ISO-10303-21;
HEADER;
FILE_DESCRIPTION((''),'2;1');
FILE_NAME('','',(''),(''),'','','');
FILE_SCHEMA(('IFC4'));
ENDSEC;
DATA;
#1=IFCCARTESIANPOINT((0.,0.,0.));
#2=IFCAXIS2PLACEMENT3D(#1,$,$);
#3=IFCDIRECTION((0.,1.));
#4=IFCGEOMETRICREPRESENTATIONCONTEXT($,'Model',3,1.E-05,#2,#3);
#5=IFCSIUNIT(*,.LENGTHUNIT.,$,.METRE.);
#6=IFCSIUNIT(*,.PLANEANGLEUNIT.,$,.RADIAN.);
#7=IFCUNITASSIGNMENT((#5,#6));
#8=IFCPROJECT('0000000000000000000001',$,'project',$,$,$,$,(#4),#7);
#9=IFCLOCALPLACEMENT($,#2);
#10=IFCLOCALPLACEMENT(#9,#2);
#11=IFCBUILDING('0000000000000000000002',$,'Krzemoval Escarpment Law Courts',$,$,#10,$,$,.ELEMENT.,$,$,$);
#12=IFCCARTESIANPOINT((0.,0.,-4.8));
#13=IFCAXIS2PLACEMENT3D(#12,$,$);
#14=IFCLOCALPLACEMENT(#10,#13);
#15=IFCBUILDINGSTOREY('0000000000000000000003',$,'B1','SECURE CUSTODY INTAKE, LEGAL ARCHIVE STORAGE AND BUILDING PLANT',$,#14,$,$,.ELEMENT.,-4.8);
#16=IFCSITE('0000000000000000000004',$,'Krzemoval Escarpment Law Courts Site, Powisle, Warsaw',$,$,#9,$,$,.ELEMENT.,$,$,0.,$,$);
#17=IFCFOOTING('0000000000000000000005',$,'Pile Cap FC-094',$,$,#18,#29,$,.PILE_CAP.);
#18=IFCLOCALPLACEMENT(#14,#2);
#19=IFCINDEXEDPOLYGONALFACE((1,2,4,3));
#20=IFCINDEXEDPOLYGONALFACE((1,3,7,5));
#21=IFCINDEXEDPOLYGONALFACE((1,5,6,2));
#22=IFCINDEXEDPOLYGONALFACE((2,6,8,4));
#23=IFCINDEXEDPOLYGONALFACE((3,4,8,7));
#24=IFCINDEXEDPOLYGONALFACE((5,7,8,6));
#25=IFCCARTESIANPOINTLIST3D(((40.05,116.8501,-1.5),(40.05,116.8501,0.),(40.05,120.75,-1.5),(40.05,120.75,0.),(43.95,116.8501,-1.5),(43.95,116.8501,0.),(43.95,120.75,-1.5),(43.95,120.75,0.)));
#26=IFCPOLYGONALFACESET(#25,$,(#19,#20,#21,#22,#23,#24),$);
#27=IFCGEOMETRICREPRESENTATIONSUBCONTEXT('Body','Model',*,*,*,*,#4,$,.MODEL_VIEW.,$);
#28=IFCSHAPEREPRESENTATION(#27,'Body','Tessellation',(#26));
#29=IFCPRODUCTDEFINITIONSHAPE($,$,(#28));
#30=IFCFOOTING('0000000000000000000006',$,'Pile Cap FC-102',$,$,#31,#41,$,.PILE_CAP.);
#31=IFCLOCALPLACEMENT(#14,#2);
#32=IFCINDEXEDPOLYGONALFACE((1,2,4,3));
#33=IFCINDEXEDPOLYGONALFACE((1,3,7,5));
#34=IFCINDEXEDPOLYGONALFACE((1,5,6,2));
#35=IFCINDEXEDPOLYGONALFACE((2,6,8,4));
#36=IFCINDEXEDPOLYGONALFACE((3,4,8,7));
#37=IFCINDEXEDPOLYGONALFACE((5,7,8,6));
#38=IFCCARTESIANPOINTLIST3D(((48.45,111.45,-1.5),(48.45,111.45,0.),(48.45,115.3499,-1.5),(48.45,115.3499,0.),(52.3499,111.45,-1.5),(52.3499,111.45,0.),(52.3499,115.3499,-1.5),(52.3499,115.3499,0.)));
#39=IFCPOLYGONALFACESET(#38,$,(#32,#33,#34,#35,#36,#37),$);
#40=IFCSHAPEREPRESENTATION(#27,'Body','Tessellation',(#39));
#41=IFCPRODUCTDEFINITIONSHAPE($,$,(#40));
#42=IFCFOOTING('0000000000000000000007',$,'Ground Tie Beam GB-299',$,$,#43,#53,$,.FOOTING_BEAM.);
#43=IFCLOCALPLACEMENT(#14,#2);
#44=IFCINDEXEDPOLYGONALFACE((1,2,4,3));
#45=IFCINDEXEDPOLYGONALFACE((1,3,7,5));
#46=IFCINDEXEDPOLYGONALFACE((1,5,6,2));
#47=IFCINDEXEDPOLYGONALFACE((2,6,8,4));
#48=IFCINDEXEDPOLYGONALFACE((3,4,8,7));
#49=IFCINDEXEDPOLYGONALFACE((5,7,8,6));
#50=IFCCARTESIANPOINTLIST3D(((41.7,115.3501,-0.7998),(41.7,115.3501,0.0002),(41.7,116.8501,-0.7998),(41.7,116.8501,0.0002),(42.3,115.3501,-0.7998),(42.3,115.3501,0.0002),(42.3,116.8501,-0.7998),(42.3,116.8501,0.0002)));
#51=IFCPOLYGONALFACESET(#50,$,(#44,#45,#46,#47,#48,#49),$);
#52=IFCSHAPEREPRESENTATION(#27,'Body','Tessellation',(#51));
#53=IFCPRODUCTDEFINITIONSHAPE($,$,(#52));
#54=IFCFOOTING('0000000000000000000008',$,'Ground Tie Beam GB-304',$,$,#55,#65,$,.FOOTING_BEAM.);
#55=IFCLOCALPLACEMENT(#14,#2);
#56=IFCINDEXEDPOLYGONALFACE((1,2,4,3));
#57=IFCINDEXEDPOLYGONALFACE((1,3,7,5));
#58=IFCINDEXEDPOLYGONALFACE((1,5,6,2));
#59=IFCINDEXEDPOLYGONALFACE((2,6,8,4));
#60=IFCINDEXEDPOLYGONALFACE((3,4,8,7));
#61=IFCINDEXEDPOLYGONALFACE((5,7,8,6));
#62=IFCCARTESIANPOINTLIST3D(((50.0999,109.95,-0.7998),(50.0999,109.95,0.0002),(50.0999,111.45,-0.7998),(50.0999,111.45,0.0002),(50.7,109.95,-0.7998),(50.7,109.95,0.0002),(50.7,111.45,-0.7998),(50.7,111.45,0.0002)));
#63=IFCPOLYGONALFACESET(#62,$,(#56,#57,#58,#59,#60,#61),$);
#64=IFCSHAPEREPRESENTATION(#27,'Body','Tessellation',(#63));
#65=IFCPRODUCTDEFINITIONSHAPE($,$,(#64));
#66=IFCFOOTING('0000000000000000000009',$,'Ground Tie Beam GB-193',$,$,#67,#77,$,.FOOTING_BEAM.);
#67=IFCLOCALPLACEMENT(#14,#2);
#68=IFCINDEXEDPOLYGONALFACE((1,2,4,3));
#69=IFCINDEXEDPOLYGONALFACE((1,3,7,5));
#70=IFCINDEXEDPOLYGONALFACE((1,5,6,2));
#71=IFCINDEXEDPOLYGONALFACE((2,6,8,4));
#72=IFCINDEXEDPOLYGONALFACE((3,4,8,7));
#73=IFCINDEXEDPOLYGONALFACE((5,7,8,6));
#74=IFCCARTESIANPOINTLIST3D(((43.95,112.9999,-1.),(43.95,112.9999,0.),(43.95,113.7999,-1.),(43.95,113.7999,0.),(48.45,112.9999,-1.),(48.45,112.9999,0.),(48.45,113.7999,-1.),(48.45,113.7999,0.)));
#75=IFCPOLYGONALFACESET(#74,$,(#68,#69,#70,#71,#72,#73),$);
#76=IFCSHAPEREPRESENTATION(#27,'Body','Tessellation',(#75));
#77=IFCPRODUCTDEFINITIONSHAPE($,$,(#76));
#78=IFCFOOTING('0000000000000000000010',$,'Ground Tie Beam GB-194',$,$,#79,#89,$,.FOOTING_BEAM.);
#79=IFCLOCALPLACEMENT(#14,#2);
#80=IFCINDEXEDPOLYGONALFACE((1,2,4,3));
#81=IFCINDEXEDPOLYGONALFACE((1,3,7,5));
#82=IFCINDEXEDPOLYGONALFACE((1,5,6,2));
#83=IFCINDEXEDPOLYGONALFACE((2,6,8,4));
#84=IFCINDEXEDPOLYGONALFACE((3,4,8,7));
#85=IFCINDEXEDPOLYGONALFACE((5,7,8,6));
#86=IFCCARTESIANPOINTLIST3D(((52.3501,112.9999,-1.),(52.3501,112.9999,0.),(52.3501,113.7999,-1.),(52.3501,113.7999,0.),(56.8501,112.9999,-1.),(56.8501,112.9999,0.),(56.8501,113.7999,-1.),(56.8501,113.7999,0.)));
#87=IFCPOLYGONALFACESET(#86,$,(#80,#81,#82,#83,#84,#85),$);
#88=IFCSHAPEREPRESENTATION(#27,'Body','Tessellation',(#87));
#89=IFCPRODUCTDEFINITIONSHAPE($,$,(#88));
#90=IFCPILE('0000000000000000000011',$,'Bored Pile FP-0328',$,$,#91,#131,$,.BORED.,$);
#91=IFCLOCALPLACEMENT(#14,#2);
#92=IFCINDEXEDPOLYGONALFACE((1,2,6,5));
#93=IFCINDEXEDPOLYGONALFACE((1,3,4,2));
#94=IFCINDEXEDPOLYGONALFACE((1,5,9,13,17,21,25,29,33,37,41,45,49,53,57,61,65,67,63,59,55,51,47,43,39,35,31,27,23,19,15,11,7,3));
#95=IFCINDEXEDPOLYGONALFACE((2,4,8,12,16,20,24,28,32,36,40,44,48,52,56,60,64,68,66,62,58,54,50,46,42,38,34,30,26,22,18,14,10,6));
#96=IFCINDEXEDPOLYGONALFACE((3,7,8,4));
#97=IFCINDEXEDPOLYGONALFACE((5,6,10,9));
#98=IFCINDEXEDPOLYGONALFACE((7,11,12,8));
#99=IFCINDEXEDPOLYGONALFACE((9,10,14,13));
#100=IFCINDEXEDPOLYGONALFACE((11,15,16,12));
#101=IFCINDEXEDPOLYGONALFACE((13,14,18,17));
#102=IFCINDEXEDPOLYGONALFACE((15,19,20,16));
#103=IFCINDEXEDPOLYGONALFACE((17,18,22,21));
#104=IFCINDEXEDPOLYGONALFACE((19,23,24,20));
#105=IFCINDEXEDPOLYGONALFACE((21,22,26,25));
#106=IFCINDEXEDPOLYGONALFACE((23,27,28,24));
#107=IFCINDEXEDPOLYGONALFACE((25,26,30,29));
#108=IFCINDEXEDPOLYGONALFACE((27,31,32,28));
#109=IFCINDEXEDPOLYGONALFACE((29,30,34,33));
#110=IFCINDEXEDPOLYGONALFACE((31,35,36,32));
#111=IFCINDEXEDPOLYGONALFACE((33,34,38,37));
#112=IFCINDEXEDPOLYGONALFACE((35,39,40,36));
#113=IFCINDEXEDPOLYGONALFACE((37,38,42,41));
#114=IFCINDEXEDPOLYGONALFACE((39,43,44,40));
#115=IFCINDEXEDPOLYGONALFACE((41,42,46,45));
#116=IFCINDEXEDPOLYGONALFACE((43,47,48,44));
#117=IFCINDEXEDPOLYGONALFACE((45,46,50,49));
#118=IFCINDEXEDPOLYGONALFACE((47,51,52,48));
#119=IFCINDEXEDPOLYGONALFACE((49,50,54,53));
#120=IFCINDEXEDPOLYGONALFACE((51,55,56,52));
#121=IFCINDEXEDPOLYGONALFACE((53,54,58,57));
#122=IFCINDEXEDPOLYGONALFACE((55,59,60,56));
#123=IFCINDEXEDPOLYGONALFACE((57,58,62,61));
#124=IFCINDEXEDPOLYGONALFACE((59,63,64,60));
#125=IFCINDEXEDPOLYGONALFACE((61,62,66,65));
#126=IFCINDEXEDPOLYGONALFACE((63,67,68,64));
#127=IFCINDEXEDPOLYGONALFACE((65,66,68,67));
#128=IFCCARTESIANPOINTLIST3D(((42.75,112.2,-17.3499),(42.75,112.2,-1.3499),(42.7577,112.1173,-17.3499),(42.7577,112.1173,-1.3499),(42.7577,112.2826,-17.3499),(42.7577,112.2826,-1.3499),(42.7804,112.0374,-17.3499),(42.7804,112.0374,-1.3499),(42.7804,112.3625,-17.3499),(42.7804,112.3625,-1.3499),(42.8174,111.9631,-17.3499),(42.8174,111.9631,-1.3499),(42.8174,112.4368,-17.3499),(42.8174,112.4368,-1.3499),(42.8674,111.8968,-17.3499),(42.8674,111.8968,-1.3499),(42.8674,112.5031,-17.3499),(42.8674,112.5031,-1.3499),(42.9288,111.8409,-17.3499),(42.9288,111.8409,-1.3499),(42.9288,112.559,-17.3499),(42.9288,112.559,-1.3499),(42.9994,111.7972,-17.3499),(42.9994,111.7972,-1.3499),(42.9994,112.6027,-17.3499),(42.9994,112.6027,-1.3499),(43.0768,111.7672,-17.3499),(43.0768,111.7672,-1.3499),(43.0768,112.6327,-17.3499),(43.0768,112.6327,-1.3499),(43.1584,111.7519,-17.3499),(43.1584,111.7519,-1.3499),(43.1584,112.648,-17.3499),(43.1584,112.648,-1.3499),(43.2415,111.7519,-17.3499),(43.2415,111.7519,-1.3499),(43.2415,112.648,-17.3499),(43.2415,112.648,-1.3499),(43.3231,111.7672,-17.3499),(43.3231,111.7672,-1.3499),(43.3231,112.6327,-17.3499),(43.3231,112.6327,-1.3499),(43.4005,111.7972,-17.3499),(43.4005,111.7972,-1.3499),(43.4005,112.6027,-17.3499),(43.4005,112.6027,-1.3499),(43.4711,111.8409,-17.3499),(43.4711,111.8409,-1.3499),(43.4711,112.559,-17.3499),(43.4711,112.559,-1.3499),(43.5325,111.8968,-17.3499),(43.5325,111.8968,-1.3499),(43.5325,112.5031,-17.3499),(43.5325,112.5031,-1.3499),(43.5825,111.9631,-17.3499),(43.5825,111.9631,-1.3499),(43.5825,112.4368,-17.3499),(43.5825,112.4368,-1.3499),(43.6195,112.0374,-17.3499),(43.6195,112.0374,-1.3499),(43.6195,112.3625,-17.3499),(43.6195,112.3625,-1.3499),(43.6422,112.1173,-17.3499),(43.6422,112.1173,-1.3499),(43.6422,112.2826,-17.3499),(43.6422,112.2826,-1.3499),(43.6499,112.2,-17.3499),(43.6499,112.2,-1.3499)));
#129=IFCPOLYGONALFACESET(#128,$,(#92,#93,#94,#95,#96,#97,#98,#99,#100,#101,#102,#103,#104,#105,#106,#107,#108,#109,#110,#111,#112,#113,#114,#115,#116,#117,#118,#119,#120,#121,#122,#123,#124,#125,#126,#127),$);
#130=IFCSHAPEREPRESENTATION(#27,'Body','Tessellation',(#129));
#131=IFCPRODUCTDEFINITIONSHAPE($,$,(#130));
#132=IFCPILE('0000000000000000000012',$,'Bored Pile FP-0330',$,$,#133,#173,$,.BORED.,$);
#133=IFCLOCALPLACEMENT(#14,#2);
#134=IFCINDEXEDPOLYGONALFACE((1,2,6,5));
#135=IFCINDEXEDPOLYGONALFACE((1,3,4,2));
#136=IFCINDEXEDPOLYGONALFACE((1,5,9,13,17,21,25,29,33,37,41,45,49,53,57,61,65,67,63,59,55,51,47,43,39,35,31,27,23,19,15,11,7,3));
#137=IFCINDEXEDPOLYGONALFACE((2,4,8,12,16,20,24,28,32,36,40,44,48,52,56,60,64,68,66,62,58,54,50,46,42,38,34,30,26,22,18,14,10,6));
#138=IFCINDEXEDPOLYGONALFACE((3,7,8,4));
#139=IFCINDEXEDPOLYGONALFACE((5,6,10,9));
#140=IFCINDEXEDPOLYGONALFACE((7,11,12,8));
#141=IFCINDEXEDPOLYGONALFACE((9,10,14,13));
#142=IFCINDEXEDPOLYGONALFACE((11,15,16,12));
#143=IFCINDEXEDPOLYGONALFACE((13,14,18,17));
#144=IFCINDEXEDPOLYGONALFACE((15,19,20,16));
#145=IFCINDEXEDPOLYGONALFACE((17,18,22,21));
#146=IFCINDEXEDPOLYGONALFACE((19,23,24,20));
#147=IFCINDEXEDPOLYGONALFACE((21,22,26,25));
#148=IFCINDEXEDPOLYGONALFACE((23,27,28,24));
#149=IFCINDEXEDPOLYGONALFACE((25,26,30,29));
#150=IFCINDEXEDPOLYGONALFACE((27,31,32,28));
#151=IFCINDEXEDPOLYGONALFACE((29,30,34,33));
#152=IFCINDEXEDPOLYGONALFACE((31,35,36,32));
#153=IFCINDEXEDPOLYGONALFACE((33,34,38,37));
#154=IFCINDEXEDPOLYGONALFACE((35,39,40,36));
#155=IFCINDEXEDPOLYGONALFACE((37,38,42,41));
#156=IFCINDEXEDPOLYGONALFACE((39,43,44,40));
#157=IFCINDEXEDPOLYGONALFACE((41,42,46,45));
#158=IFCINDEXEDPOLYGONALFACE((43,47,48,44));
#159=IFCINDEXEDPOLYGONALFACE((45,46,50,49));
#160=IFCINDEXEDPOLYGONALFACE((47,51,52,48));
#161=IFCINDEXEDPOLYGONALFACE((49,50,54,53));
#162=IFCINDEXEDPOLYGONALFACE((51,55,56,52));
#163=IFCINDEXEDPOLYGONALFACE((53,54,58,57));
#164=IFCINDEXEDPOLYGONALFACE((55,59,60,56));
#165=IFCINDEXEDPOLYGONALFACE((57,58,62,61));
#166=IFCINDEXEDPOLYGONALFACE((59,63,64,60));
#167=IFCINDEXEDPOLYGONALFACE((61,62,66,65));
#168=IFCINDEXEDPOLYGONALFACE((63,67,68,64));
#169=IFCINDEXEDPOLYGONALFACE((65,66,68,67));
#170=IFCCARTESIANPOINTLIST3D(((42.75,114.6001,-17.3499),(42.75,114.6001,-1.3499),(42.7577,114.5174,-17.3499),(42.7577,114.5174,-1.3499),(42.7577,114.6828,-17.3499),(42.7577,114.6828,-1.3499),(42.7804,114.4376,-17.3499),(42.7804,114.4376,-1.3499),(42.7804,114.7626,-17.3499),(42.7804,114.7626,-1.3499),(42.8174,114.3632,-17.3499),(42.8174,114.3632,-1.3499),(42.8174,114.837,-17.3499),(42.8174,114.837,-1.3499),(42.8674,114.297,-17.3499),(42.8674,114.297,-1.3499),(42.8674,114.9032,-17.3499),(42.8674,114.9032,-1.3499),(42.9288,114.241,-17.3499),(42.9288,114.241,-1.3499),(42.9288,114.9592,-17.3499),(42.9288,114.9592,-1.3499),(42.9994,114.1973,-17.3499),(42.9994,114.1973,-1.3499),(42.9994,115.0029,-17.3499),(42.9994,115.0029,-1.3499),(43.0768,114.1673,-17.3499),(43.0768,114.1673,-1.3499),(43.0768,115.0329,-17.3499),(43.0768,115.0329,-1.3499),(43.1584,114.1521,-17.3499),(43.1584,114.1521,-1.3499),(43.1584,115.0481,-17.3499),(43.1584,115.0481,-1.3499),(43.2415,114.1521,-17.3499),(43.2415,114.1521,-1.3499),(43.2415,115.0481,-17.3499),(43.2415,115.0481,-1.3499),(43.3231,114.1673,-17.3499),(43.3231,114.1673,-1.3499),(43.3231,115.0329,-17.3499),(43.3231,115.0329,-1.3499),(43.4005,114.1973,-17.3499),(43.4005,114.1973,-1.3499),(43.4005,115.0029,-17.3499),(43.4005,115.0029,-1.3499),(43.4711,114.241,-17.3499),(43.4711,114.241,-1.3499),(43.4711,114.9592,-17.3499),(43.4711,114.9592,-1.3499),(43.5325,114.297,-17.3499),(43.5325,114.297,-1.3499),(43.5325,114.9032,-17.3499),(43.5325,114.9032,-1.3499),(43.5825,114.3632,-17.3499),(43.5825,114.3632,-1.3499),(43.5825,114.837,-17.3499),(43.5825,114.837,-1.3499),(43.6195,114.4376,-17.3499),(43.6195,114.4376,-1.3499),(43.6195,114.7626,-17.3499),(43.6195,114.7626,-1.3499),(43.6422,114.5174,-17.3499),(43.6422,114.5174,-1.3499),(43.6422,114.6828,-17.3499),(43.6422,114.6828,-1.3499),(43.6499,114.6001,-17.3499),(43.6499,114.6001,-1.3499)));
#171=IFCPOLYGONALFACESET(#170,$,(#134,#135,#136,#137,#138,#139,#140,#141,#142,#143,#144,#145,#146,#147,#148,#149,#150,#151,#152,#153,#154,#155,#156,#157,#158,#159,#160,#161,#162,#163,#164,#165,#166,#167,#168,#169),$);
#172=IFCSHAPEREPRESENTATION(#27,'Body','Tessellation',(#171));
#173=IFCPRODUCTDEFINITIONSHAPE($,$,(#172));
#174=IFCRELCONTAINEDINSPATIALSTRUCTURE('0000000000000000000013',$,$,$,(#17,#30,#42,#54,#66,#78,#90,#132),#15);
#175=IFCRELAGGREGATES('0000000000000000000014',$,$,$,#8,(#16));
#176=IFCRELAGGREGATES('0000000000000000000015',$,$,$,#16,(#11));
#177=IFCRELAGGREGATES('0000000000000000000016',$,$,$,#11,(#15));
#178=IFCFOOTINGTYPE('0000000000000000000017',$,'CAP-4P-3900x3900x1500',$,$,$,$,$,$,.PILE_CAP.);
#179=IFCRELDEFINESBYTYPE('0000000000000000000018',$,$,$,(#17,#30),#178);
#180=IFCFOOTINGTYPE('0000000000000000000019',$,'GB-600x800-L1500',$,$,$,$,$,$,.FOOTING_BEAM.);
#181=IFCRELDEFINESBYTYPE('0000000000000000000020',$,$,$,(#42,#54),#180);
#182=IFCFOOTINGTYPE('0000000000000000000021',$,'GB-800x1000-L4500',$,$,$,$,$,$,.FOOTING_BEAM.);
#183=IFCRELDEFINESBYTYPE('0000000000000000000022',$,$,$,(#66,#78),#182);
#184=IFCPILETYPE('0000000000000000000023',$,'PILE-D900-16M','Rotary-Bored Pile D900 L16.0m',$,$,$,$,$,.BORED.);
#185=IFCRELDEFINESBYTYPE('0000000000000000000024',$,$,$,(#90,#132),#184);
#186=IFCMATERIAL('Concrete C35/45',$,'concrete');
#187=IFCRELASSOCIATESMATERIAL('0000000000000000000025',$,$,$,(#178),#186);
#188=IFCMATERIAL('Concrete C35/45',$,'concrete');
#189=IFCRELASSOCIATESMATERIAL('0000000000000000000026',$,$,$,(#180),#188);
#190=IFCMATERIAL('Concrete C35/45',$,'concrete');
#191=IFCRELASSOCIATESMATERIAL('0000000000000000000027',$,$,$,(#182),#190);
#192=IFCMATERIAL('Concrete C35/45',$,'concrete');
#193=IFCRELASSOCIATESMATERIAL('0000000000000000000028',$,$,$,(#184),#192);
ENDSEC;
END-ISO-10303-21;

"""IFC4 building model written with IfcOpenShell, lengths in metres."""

from ifc_helpers import new_model, si_unit, direction, frame, origin, origin_2d, place, context, subcontext, project, spatial, rectangle, circle, extrude, material, material_profile, profile_set, type_object, element, save


model = new_model("IFC4")

# Units and contexts
model_context = context("Model", 3, precision=1e-05, world=origin(), true_north=direction((0.0, 1.0)))
body_context = subcontext(model_context, "Body", "Model", "MODEL_VIEW")
ifc_project = project(units=[si_unit("LENGTHUNIT", "METRE"), si_unit("PLANEANGLEUNIT", "RADIAN")], contexts=[model_context])

# Site, building, storey
site_placement = place(None, origin())
site = spatial("IfcSite", under=ifc_project, at=site_placement, Name="Krzemoval Escarpment Law Courts Site, Powisle, Warsaw", CompositionType="ELEMENT", RefElevation=0.0)
building_placement = place(site_placement, origin())
building = spatial("IfcBuilding", under=site, at=building_placement, Name="Krzemoval Escarpment Law Courts", CompositionType="ELEMENT")
storey_placement = place(building_placement, frame((0.0, 0.0, -4.8)))
storey = spatial("IfcBuildingStorey", under=building, at=storey_placement, Name="B1", Description="SECURE CUSTODY INTAKE, LEGAL ARCHIVE STORAGE AND BUILDING PLANT", CompositionType="ELEMENT", Elevation=-4.8)

# Footings
ifc_material_1 = material(Name="Concrete C35/45", Category="concrete")
footing_type_1 = type_object("IfcFootingType", Name="CAP-4P-3900x3900x1500", PredefinedType="PILE_CAP", material=ifc_material_1)
for number, where, z_axis, x_axis, name in (
    (1, (42.0, 118.8, -1.5), (0.0, 0.0, 1.0), (1.0, 0.0, 0.0), "Pile Cap FC-094"),
    (2, (50.3999, 113.3999, -1.5), (0.0, 0.0, 1.0), (1.0, 0.0, 0.0), "Pile Cap FC-102"),
):
    element("IfcFooting", number, at=place(storey_placement, frame(where, z_axis=z_axis, x_axis=x_axis)), inside=storey, type_object=footing_type_1, Name=name, PredefinedType="PILE_CAP", context=body_context, shape_type="SweptSolid", body=[
        extrude(rectangle(XDim=3.8999, YDim=3.8999, at=origin_2d()), origin(), (0.0, 0.0, 1.0), 1.5),
    ])
ifc_material_2 = material(Name="Concrete C35/45", Category="concrete")
footing_type_2 = type_object("IfcFootingType", Name="GB-600x800-L1500", PredefinedType="FOOTING_BEAM", material=ifc_material_2)
for number, where, z_axis, x_axis, name in (
    (3, (42.0, 116.1001, -0.7998), (0.0, 0.0, 1.0), (0.0, 1.0, 0.0), "Ground Tie Beam GB-299"),
    (4, (50.3999, 110.7, -0.7998), (0.0, 0.0, 1.0), (0.0, 1.0, 0.0), "Ground Tie Beam GB-304"),
):
    element("IfcFooting", number, at=place(storey_placement, frame(where, z_axis=z_axis, x_axis=x_axis)), inside=storey, type_object=footing_type_2, Name=name, PredefinedType="FOOTING_BEAM", context=body_context, shape_type="SweptSolid", body=[
        extrude(rectangle(XDim=1.5, YDim=0.6001, at=origin_2d()), origin(), (0.0, 0.0, 1.0), 0.8),
    ])
ifc_material_3 = material(Name="Concrete C35/45", Category="concrete")
footing_type_3 = type_object("IfcFootingType", Name="GB-800x1000-L4500", PredefinedType="FOOTING_BEAM", material=ifc_material_3)
for number, where, z_axis, x_axis, name in (
    (5, (46.2, 113.3999, -1.0), (0.0, 0.0, 1.0), (1.0, 0.0, 0.0), "Ground Tie Beam GB-193"),
    (6, (54.6001, 113.3999, -1.0), (0.0, 0.0, 1.0), (1.0, 0.0, 0.0), "Ground Tie Beam GB-194"),
):
    element("IfcFooting", number, at=place(storey_placement, frame(where, z_axis=z_axis, x_axis=x_axis)), inside=storey, type_object=footing_type_3, Name=name, PredefinedType="FOOTING_BEAM", context=body_context, shape_type="SweptSolid", body=[
        extrude(rectangle(XDim=4.5, YDim=0.8, at=origin_2d()), origin(), (0.0, 0.0, 1.0), 1.0),
    ])

# Piles
ifc_material_4 = material(Name="Concrete C35/45", Category="concrete")
ifc_material_profile_1 = material_profile(ifc_material_4, circle(Radius=0.45, at=origin_2d()), Name="PILE D900")
ifc_profile_set_1 = profile_set([ifc_material_profile_1], Name="Concrete C35/45")
pile_type = type_object("IfcPileType", Name="PILE-D900-16M", Description="Rotary-Bored Pile D900 L16.0m", PredefinedType="BORED", material=ifc_profile_set_1)
for number, where, z_axis, x_axis, name in (
    (7, (43.2, 112.2, -1.3499), (0.0, 0.0, -1.0), (1.0, 0.0, 0.0), "Bored Pile FP-0328"),
    (8, (43.2, 114.6001, -1.3499), (0.0, 0.0, -1.0), (1.0, 0.0, 0.0), "Bored Pile FP-0330"),
):
    element("IfcPile", number, at=place(storey_placement, frame(where, z_axis=z_axis, x_axis=x_axis)), inside=storey, type_object=pile_type, Name=name, PredefinedType="BORED", context=body_context, shape_type="SweptSolid", body=[
        extrude(circle(Radius=0.45, at=origin_2d()), origin(), (0.0, 0.0, 1.0), 16.0),
    ])

save(model, "model.ifc")
